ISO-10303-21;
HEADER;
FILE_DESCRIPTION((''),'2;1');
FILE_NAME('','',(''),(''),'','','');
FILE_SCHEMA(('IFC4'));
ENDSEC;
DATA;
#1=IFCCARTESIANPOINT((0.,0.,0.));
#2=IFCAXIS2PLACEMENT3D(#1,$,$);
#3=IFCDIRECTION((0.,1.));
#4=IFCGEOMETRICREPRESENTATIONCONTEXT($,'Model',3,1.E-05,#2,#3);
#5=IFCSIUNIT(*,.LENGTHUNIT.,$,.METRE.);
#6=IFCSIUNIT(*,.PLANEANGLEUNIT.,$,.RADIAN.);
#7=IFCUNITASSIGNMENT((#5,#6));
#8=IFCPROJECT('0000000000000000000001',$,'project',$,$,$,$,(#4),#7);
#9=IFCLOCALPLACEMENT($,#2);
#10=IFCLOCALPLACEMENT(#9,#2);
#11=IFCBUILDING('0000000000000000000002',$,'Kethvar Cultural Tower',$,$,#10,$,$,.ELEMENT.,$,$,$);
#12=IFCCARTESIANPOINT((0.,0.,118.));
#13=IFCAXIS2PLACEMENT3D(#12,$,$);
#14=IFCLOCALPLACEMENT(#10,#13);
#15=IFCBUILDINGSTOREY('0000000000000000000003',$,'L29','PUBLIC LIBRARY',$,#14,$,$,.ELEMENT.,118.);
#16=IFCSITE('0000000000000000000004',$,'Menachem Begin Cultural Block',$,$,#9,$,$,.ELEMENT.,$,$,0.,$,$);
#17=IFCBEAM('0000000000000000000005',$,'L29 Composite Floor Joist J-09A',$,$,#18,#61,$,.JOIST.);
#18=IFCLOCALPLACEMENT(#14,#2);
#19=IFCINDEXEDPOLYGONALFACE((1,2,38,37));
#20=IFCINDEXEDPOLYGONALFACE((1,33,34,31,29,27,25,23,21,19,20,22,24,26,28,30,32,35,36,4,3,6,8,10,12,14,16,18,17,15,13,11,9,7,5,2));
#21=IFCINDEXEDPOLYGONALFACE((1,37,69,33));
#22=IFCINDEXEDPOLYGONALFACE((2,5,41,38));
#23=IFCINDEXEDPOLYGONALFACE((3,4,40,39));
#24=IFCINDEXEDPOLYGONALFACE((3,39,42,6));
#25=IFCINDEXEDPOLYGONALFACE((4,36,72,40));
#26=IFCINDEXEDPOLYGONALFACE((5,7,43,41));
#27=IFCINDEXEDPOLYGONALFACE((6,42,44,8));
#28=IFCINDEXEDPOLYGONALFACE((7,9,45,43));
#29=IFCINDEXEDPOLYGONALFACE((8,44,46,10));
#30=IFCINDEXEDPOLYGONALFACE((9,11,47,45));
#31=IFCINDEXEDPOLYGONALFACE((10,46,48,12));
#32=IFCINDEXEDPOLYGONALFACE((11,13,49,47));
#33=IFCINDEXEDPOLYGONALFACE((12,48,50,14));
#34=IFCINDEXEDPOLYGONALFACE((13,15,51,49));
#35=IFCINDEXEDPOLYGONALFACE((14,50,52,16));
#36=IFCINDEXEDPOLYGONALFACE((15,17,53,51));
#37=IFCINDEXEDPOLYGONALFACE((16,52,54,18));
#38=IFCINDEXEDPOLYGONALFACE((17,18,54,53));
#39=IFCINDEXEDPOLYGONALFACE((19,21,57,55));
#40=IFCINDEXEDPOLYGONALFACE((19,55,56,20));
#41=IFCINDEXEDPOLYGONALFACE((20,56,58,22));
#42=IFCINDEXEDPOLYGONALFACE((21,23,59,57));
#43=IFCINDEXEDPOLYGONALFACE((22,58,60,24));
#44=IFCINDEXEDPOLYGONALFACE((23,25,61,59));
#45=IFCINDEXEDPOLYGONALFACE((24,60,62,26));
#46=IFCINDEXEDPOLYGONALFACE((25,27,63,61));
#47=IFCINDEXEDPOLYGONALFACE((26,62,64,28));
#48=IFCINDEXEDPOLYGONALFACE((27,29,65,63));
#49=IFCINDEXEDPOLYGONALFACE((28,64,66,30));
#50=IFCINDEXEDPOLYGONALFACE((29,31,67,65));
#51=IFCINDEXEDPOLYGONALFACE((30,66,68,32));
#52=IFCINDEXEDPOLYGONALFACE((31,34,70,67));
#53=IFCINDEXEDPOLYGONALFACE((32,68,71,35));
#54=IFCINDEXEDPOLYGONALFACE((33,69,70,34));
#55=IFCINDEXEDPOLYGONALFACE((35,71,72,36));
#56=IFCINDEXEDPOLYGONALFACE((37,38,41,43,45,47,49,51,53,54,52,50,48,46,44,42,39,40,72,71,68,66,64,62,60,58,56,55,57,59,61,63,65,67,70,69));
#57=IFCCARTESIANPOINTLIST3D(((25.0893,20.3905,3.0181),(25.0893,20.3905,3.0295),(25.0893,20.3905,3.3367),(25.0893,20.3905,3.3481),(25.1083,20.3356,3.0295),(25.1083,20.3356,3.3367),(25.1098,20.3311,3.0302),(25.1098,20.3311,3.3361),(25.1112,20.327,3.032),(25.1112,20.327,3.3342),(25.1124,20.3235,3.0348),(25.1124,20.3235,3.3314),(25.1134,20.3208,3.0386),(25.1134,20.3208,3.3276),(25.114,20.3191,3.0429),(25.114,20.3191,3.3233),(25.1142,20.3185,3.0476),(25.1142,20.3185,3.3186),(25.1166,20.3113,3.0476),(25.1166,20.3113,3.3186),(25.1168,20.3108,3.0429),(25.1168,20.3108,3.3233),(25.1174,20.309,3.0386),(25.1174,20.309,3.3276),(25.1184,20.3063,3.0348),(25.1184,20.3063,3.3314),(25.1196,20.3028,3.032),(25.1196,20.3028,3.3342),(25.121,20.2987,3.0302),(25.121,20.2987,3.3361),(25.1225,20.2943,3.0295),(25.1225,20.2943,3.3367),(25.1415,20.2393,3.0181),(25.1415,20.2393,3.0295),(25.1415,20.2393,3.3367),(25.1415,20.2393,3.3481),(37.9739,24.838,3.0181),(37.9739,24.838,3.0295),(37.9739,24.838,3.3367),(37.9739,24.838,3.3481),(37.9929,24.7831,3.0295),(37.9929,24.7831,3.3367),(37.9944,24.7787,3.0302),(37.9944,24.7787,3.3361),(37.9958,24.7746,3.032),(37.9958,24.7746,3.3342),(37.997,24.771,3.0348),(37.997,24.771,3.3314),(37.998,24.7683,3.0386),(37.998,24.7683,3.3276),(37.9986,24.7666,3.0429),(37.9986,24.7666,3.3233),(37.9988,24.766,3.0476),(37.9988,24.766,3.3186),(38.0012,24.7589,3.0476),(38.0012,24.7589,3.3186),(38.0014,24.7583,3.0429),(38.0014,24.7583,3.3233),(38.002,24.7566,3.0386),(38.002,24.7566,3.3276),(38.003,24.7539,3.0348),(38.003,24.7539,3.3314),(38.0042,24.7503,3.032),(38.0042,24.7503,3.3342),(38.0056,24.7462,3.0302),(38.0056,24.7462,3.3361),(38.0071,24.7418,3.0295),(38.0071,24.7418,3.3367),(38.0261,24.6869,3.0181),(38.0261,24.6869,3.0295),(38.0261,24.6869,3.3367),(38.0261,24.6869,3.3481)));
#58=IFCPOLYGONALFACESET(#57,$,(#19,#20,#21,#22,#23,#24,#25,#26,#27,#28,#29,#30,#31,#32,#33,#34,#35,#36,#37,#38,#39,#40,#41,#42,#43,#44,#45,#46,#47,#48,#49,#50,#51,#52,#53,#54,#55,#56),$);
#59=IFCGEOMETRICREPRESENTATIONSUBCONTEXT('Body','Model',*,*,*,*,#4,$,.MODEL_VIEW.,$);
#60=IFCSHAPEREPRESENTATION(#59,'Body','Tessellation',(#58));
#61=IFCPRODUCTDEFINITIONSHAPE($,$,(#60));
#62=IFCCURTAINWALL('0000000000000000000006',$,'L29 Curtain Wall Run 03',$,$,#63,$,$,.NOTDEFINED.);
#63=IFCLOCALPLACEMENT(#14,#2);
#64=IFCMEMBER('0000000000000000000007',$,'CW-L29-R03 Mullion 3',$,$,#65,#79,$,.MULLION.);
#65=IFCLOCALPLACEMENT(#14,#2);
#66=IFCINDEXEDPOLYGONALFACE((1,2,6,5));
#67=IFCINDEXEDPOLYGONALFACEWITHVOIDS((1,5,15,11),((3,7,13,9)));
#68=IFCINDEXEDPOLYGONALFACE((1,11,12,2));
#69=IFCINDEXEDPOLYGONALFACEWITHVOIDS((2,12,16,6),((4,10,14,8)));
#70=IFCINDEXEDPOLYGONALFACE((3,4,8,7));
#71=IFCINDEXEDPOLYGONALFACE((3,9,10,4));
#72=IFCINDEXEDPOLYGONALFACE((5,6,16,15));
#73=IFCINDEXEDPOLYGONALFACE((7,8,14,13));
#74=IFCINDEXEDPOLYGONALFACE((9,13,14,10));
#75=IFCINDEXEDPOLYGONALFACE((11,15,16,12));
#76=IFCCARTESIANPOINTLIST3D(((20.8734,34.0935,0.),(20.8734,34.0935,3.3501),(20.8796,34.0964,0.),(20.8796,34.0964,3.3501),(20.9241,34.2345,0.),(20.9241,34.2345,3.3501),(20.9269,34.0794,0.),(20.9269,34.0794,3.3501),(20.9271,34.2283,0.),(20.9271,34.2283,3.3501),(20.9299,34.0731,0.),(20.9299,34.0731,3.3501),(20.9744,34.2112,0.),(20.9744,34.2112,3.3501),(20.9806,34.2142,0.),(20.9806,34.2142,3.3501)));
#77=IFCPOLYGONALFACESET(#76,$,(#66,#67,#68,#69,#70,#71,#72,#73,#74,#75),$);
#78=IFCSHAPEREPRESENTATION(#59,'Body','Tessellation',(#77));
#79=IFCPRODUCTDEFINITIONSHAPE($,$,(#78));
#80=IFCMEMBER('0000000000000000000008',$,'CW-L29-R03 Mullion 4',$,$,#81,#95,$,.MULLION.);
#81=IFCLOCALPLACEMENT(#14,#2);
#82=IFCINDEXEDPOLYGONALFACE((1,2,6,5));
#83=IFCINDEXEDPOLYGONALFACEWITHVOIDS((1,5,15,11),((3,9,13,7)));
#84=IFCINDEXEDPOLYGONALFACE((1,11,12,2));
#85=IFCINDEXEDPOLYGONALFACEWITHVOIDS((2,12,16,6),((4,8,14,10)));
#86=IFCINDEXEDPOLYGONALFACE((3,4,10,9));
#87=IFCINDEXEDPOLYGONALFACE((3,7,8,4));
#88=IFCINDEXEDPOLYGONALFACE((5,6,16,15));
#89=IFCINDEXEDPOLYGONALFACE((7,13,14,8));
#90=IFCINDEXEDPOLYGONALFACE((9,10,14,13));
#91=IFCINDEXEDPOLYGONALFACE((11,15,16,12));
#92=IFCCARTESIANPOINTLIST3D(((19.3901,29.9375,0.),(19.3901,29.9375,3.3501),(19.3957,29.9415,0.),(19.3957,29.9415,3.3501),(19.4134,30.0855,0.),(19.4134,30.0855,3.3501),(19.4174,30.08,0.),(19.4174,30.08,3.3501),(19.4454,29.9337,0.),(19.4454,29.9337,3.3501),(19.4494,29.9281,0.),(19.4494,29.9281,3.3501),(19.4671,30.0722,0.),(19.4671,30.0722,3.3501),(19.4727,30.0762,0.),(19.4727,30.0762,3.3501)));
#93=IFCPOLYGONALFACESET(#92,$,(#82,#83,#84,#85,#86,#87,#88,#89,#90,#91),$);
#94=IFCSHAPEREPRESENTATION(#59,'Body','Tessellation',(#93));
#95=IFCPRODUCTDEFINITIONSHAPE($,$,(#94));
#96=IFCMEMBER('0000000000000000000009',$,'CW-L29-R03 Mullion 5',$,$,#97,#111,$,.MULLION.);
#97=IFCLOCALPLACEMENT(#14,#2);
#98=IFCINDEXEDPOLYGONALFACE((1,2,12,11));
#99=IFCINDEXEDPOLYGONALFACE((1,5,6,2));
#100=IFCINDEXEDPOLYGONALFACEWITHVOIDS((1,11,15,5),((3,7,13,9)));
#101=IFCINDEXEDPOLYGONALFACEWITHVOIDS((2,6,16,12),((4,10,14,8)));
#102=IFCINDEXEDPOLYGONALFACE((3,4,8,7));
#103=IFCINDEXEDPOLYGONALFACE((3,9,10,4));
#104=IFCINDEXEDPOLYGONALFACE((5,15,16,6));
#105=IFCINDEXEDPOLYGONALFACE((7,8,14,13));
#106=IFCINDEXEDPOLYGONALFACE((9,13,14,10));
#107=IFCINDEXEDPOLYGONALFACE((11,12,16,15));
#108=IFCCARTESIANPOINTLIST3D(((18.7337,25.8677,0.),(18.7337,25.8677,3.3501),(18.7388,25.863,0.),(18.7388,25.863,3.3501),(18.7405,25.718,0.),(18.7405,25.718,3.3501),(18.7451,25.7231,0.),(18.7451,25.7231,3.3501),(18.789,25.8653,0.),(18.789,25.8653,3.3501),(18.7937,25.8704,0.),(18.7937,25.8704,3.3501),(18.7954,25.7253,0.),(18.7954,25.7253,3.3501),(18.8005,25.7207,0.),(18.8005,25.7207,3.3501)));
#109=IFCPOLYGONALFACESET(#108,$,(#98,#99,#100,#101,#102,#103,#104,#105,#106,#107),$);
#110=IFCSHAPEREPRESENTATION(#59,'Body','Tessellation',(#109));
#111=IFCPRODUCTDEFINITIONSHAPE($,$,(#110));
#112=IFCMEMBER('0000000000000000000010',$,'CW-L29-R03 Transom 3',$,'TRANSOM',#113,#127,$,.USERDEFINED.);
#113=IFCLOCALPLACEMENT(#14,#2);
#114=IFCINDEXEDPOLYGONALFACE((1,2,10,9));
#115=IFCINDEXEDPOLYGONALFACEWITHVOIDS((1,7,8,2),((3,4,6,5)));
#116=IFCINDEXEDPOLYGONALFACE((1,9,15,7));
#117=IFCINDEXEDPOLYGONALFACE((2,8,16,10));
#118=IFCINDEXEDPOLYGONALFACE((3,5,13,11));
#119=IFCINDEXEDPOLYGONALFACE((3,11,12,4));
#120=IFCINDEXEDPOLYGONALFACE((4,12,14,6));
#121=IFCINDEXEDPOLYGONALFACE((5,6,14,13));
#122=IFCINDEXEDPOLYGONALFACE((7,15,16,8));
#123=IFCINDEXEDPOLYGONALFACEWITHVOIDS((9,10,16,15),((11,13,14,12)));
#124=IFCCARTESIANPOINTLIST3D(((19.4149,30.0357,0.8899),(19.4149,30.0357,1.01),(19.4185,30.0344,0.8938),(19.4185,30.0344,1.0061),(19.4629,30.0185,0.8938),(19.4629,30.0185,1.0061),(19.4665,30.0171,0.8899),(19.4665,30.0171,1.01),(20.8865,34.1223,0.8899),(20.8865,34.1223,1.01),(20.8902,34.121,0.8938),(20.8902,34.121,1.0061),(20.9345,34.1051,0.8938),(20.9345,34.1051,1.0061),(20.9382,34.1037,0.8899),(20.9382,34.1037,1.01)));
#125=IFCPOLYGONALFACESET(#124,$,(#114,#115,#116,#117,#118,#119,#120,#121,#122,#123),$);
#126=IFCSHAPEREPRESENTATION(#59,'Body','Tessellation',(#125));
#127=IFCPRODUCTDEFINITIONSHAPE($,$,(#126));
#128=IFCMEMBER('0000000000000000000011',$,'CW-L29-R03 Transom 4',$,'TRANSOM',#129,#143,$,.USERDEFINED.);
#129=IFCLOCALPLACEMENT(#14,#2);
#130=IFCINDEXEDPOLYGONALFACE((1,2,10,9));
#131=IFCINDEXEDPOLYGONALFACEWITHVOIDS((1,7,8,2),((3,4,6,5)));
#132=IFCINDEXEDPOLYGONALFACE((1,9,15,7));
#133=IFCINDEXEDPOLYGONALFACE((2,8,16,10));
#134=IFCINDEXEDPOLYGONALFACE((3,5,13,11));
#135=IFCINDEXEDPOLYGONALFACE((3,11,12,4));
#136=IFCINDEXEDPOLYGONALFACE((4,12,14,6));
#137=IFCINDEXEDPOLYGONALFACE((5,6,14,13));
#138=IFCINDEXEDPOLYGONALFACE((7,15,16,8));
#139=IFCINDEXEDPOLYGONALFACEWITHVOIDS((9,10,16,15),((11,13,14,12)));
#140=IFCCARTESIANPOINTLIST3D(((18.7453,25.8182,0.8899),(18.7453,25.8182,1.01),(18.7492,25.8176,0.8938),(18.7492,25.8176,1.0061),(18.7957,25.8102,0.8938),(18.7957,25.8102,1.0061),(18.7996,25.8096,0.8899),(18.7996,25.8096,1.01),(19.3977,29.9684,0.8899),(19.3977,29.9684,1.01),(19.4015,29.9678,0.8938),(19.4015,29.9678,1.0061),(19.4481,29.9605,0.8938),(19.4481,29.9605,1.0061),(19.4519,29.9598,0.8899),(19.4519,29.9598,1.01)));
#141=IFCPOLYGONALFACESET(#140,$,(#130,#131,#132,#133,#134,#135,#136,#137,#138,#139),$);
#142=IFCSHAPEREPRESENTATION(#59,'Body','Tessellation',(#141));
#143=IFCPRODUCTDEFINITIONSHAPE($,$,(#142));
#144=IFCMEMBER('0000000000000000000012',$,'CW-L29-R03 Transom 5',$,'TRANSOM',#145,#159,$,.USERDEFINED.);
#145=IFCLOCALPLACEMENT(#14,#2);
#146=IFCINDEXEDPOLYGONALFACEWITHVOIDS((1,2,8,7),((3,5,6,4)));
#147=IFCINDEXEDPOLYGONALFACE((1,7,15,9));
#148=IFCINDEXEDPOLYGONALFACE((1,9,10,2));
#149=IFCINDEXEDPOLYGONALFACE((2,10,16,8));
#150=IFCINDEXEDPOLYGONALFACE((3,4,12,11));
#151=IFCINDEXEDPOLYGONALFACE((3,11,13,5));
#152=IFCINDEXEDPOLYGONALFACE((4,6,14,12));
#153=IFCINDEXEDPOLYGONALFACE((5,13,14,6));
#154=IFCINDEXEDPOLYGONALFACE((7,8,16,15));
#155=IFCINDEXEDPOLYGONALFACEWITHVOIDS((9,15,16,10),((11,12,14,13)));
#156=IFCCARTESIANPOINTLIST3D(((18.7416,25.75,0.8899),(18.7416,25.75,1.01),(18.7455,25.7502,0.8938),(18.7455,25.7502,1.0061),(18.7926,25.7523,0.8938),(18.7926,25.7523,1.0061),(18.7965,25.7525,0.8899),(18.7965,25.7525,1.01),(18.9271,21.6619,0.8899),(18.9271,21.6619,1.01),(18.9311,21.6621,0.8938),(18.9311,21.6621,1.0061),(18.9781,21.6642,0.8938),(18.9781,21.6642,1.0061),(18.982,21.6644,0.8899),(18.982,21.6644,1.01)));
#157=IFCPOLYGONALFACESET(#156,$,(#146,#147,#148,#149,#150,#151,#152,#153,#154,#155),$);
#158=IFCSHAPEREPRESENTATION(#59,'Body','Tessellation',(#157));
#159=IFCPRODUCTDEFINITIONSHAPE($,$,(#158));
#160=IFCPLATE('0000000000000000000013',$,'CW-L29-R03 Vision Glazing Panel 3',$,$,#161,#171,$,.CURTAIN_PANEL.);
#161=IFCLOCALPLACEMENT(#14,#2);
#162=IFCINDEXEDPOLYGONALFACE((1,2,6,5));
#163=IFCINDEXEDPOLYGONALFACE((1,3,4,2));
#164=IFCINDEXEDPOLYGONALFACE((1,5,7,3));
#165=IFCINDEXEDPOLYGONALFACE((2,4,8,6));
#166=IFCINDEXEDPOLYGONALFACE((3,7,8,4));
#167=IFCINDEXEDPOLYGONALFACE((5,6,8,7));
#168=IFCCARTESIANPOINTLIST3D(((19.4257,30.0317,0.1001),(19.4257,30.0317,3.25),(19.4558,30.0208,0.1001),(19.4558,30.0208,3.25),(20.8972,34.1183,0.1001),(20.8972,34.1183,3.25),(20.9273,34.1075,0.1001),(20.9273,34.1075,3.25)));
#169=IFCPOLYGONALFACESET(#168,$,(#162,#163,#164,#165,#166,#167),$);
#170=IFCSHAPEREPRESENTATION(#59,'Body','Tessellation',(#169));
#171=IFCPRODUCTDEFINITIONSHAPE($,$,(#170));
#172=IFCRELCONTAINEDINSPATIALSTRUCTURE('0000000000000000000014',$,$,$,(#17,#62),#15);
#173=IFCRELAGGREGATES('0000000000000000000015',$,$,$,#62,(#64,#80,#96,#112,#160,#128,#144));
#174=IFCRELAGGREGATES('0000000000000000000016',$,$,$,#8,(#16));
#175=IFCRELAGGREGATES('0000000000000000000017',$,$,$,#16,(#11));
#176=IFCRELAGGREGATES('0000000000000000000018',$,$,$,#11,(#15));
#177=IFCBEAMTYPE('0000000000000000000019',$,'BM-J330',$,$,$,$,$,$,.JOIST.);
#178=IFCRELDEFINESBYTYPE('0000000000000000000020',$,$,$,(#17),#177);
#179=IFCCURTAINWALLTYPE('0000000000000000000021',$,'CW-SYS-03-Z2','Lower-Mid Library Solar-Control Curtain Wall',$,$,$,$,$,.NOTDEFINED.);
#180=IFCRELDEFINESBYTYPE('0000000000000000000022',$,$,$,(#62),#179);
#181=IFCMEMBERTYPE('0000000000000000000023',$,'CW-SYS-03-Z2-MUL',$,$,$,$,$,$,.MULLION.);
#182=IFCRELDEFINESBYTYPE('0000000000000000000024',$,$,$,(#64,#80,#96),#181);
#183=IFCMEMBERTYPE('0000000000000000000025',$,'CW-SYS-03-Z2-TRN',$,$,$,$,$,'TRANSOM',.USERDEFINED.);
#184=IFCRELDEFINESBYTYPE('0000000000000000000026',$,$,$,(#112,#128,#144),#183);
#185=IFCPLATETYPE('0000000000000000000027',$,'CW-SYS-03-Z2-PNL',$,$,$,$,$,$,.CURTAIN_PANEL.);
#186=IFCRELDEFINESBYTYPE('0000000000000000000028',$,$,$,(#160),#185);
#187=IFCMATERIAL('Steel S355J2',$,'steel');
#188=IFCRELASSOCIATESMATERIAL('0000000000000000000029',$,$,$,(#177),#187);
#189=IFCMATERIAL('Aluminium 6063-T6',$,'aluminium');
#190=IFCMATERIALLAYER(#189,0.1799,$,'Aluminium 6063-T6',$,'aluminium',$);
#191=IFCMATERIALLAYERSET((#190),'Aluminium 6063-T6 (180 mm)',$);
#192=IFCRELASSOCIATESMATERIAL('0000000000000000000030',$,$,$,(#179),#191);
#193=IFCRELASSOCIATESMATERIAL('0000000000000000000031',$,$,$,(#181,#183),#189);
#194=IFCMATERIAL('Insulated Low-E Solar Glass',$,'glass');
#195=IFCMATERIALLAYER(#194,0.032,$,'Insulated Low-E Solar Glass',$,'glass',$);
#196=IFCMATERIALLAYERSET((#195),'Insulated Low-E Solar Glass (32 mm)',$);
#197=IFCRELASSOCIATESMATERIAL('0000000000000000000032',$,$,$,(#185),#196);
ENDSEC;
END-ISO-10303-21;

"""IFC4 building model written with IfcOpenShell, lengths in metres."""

from ifc_helpers import new_model, si_unit, direction, frame, origin, origin_2d, place, context, subcontext, project, spatial, rectangle, hollow_rectangle, i_section, extrude, source, transform, mapped, material, layer, layer_set, material_profile, profile_set, type_object, element, aggregate, save


model = new_model("IFC4")

# Units and contexts
model_context = context("Model", 3, precision=1e-05, world=origin(), true_north=direction((0.0, 1.0)))
body_context = subcontext(model_context, "Body", "Model", "MODEL_VIEW")
ifc_project = project(units=[si_unit("LENGTHUNIT", "METRE"), si_unit("PLANEANGLEUNIT", "RADIAN")], contexts=[model_context])

# Site, building, storey
site_placement = place(None, origin())
site = spatial("IfcSite", under=ifc_project, at=site_placement, Name="Menachem Begin Cultural Block", CompositionType="ELEMENT", RefElevation=0.0)
building_placement = place(site_placement, origin())
building = spatial("IfcBuilding", under=site, at=building_placement, Name="Kethvar Cultural Tower", CompositionType="ELEMENT")
storey_placement = place(building_placement, frame((0.0, 0.0, 118.0)))
storey = spatial("IfcBuildingStorey", under=building, at=storey_placement, Name="L29", Description="PUBLIC LIBRARY", CompositionType="ELEMENT", Elevation=118.0)

# Beam
ifc_material_1 = material(Name="Steel S355J2", Category="steel")
ifc_material_profile_1 = material_profile(ifc_material_1, i_section(OverallWidth=0.1599, OverallDepth=0.3301, WebThickness=0.0076, FlangeThickness=0.0115, FilletRadius=0.0181, at=origin_2d()), Name="Steel S355J2 — IPE330")
ifc_profile_set_1 = profile_set([ifc_material_profile_1], Name="Steel S355J2 — IPE330")
beam_type_1 = type_object("IfcBeamType", Name="BM-J330", PredefinedType="JOIST", material=ifc_profile_set_1)
shared_shape_1 = source(origin(), body_context, "Body", "SweptSolid", [
    extrude(i_section(OverallWidth=0.1599, OverallDepth=0.3301, WebThickness=0.0076, FlangeThickness=0.0115, FilletRadius=0.0181, at=origin_2d()), origin(), (0.0, 0.0, 1.0), 13.6306),
])
beam_1_placement = place(storey_placement, frame((38.0, 24.7625, 3.1831), z_axis=(-0.94527, -0.32629, 0.0), x_axis=(0.32629, -0.94527, 0.0)))
element("IfcBeam", 1, at=beam_1_placement, inside=storey, type_object=beam_type_1, Name="L29 Composite Floor Joist J-09A", PredefinedType="JOIST", context=body_context, shape_type="MappedRepresentation", body=[
    mapped(shared_shape_1, transform((0.0, 0.0, 0.0), scale=1.0)),
])

# Curtain wall, members, plate
ifc_material_2 = material(Name="Aluminium 6063-T6", Category="aluminium")
ifc_layer_1 = layer(ifc_material_2, 0.1799, Name="Aluminium 6063-T6", Category="aluminium")
ifc_layer_set_1 = layer_set([ifc_layer_1], Name="Aluminium 6063-T6 (180 mm)")
curtain_wall_type = type_object("IfcCurtainWallType", Name="CW-SYS-03-Z2", Description="Lower-Mid Library Solar-Control Curtain Wall", PredefinedType="NOTDEFINED", material=ifc_layer_set_1)
curtain_wall_placement = place(storey_placement, origin())
curtain_wall = element("IfcCurtainWall", 2, at=curtain_wall_placement, inside=storey, type_object=curtain_wall_type, Name="L29 Curtain Wall Run 03", PredefinedType="NOTDEFINED")
ifc_material_profile_2 = material_profile(ifc_material_2, hollow_rectangle(XDim=0.0601, YDim=0.1499, WallThickness=0.0049, at=origin_2d()), Name="Aluminium 6063-T6 — RHS150x60x5")
ifc_profile_set_2 = profile_set([ifc_material_profile_2], Name="Aluminium 6063-T6 — RHS150x60x5")
member_type_1 = type_object("IfcMemberType", Name="CW-SYS-03-Z2-MUL", PredefinedType="MULLION", material=ifc_profile_set_2)
shared_shape_2 = source(origin(), body_context, "Body", "SweptSolid", [
    extrude(hollow_rectangle(XDim=0.0601, YDim=0.1499, WallThickness=0.0049, at=origin_2d()), origin(), (0.0, 0.0, 1.0), 3.3501),
])
member_1_placement = place(storey_placement, frame((20.927, 34.1538, 0.0), z_axis=(0.0, 0.0, 1.0), x_axis=(0.940863, -0.338787, 0.0)))
member_1 = element("IfcMember", 3, at=member_1_placement, type_object=member_type_1, Name="CW-L29-R03 Mullion 3", PredefinedType="MULLION", context=body_context, shape_type="MappedRepresentation", body=[
    mapped(shared_shape_2, transform((0.0, 0.0, 0.0), scale=1.0)),
])
member_2_placement = place(storey_placement, frame((19.4314, 30.0068, 0.0), z_axis=(0.0, 0.0, 1.0), x_axis=(0.987873, -0.155262, 0.0)))
member_2 = element("IfcMember", 4, at=member_2_placement, type_object=member_type_1, Name="CW-L29-R03 Mullion 4", PredefinedType="MULLION", context=body_context, shape_type="MappedRepresentation", body=[
    mapped(shared_shape_2, transform((0.0, 0.0, 0.0), scale=1.0)),
])
member_3_placement = place(storey_placement, frame((18.7671, 25.7942, 0.0), z_axis=(0.0, 0.0, 1.0), x_axis=(0.998971, 0.045346, 0.0)))
member_3 = element("IfcMember", 5, at=member_3_placement, type_object=member_type_1, Name="CW-L29-R03 Mullion 5", PredefinedType="MULLION", context=body_context, shape_type="MappedRepresentation", body=[
    mapped(shared_shape_2, transform((0.0, 0.0, 0.0), scale=1.0)),
])
ifc_material_profile_3 = material_profile(ifc_material_2, hollow_rectangle(XDim=0.0549, YDim=0.1201, WallThickness=0.0039, at=origin_2d()), Name="Aluminium 6063-T6 — RHS120x55x4")
ifc_profile_set_3 = profile_set([ifc_material_profile_3], Name="Aluminium 6063-T6 — RHS120x55x4")
member_type_2 = type_object("IfcMemberType", Name="CW-SYS-03-Z2-TRN", ElementType="TRANSOM", PredefinedType="USERDEFINED", material=ifc_profile_set_3)
shared_shape_3 = source(origin(), body_context, "Body", "SweptSolid", [
    extrude(hollow_rectangle(XDim=0.0549, YDim=0.1201, WallThickness=0.0039, at=origin_2d()), origin(), (0.0, 0.0, 1.0), 4.3435),
])
member_4_placement = place(storey_placement, frame((20.9124, 34.113, 0.95), z_axis=(-0.338817, -0.940852, 0.0), x_axis=(0.940852, -0.338817, 0.0)))
member_4 = element("IfcMember", 6, at=member_4_placement, type_object=member_type_2, Name="CW-L29-R03 Transom 3", ObjectType="TRANSOM", PredefinedType="USERDEFINED", context=body_context, shape_type="MappedRepresentation", body=[
    mapped(shared_shape_3, transform((0.0, 0.0, 0.0), scale=1.0)),
])
shared_shape_4 = source(origin(), body_context, "Body", "SweptSolid", [
    extrude(hollow_rectangle(XDim=0.0549, YDim=0.1201, WallThickness=0.0039, at=origin_2d()), origin(), (0.0, 0.0, 1.0), 4.2012),
])
member_5_placement = place(storey_placement, frame((19.4248, 29.9641, 0.95), z_axis=(-0.155279, -0.987871, 0.0), x_axis=(0.987871, -0.155279, 0.0)))
member_5 = element("IfcMember", 7, at=member_5_placement, type_object=member_type_2, Name="CW-L29-R03 Transom 4", ObjectType="TRANSOM", PredefinedType="USERDEFINED", context=body_context, shape_type="MappedRepresentation", body=[
    mapped(shared_shape_4, transform((0.0, 0.0, 0.0), scale=1.0)),
])
shared_shape_5 = source(origin(), body_context, "Body", "SweptSolid", [
    extrude(hollow_rectangle(XDim=0.0549, YDim=0.1201, WallThickness=0.0039, at=origin_2d()), origin(), (0.0, 0.0, 1.0), 4.0923),
])
member_6_placement = place(storey_placement, frame((18.769, 25.7512, 0.95), z_axis=(0.04534, -0.998972, 0.0), x_axis=(0.998972, 0.04534, 0.0)))
member_6 = element("IfcMember", 8, at=member_6_placement, type_object=member_type_2, Name="CW-L29-R03 Transom 5", ObjectType="TRANSOM", PredefinedType="USERDEFINED", context=body_context, shape_type="MappedRepresentation", body=[
    mapped(shared_shape_5, transform((0.0, 0.0, 0.0), scale=1.0)),
])
ifc_material_3 = material(Name="Insulated Low-E Solar Glass", Category="glass")
ifc_layer_2 = layer(ifc_material_3, 0.032, Name="Insulated Low-E Solar Glass", Category="glass")
ifc_layer_set_2 = layer_set([ifc_layer_2], Name="Insulated Low-E Solar Glass (32 mm)")
plate_type = type_object("IfcPlateType", Name="CW-SYS-03-Z2-PNL", PredefinedType="CURTAIN_PANEL", material=ifc_layer_set_2)
shared_shape_6 = source(origin(), body_context, "Body", "SweptSolid", [
    extrude(rectangle(XDim=4.3435, YDim=0.032, at=origin_2d()), origin(), (0.0, 0.0, 1.0), 3.1499),
])
plate_1_placement = place(storey_placement, frame((20.1765, 32.0696, 0.1001), z_axis=(0.0, 0.0, 1.0), x_axis=(-0.338787, -0.940863, 0.0)))
plate_1 = element("IfcPlate", 9, at=plate_1_placement, type_object=plate_type, Name="CW-L29-R03 Vision Glazing Panel 3", PredefinedType="CURTAIN_PANEL", context=body_context, shape_type="MappedRepresentation", body=[
    mapped(shared_shape_6, transform((0.0, 0.0, 0.0), scale=1.0)),
])
aggregate(curtain_wall, [member_1, member_2, member_3, member_4, plate_1, member_5, member_6])

save(model, "model.ifc")
